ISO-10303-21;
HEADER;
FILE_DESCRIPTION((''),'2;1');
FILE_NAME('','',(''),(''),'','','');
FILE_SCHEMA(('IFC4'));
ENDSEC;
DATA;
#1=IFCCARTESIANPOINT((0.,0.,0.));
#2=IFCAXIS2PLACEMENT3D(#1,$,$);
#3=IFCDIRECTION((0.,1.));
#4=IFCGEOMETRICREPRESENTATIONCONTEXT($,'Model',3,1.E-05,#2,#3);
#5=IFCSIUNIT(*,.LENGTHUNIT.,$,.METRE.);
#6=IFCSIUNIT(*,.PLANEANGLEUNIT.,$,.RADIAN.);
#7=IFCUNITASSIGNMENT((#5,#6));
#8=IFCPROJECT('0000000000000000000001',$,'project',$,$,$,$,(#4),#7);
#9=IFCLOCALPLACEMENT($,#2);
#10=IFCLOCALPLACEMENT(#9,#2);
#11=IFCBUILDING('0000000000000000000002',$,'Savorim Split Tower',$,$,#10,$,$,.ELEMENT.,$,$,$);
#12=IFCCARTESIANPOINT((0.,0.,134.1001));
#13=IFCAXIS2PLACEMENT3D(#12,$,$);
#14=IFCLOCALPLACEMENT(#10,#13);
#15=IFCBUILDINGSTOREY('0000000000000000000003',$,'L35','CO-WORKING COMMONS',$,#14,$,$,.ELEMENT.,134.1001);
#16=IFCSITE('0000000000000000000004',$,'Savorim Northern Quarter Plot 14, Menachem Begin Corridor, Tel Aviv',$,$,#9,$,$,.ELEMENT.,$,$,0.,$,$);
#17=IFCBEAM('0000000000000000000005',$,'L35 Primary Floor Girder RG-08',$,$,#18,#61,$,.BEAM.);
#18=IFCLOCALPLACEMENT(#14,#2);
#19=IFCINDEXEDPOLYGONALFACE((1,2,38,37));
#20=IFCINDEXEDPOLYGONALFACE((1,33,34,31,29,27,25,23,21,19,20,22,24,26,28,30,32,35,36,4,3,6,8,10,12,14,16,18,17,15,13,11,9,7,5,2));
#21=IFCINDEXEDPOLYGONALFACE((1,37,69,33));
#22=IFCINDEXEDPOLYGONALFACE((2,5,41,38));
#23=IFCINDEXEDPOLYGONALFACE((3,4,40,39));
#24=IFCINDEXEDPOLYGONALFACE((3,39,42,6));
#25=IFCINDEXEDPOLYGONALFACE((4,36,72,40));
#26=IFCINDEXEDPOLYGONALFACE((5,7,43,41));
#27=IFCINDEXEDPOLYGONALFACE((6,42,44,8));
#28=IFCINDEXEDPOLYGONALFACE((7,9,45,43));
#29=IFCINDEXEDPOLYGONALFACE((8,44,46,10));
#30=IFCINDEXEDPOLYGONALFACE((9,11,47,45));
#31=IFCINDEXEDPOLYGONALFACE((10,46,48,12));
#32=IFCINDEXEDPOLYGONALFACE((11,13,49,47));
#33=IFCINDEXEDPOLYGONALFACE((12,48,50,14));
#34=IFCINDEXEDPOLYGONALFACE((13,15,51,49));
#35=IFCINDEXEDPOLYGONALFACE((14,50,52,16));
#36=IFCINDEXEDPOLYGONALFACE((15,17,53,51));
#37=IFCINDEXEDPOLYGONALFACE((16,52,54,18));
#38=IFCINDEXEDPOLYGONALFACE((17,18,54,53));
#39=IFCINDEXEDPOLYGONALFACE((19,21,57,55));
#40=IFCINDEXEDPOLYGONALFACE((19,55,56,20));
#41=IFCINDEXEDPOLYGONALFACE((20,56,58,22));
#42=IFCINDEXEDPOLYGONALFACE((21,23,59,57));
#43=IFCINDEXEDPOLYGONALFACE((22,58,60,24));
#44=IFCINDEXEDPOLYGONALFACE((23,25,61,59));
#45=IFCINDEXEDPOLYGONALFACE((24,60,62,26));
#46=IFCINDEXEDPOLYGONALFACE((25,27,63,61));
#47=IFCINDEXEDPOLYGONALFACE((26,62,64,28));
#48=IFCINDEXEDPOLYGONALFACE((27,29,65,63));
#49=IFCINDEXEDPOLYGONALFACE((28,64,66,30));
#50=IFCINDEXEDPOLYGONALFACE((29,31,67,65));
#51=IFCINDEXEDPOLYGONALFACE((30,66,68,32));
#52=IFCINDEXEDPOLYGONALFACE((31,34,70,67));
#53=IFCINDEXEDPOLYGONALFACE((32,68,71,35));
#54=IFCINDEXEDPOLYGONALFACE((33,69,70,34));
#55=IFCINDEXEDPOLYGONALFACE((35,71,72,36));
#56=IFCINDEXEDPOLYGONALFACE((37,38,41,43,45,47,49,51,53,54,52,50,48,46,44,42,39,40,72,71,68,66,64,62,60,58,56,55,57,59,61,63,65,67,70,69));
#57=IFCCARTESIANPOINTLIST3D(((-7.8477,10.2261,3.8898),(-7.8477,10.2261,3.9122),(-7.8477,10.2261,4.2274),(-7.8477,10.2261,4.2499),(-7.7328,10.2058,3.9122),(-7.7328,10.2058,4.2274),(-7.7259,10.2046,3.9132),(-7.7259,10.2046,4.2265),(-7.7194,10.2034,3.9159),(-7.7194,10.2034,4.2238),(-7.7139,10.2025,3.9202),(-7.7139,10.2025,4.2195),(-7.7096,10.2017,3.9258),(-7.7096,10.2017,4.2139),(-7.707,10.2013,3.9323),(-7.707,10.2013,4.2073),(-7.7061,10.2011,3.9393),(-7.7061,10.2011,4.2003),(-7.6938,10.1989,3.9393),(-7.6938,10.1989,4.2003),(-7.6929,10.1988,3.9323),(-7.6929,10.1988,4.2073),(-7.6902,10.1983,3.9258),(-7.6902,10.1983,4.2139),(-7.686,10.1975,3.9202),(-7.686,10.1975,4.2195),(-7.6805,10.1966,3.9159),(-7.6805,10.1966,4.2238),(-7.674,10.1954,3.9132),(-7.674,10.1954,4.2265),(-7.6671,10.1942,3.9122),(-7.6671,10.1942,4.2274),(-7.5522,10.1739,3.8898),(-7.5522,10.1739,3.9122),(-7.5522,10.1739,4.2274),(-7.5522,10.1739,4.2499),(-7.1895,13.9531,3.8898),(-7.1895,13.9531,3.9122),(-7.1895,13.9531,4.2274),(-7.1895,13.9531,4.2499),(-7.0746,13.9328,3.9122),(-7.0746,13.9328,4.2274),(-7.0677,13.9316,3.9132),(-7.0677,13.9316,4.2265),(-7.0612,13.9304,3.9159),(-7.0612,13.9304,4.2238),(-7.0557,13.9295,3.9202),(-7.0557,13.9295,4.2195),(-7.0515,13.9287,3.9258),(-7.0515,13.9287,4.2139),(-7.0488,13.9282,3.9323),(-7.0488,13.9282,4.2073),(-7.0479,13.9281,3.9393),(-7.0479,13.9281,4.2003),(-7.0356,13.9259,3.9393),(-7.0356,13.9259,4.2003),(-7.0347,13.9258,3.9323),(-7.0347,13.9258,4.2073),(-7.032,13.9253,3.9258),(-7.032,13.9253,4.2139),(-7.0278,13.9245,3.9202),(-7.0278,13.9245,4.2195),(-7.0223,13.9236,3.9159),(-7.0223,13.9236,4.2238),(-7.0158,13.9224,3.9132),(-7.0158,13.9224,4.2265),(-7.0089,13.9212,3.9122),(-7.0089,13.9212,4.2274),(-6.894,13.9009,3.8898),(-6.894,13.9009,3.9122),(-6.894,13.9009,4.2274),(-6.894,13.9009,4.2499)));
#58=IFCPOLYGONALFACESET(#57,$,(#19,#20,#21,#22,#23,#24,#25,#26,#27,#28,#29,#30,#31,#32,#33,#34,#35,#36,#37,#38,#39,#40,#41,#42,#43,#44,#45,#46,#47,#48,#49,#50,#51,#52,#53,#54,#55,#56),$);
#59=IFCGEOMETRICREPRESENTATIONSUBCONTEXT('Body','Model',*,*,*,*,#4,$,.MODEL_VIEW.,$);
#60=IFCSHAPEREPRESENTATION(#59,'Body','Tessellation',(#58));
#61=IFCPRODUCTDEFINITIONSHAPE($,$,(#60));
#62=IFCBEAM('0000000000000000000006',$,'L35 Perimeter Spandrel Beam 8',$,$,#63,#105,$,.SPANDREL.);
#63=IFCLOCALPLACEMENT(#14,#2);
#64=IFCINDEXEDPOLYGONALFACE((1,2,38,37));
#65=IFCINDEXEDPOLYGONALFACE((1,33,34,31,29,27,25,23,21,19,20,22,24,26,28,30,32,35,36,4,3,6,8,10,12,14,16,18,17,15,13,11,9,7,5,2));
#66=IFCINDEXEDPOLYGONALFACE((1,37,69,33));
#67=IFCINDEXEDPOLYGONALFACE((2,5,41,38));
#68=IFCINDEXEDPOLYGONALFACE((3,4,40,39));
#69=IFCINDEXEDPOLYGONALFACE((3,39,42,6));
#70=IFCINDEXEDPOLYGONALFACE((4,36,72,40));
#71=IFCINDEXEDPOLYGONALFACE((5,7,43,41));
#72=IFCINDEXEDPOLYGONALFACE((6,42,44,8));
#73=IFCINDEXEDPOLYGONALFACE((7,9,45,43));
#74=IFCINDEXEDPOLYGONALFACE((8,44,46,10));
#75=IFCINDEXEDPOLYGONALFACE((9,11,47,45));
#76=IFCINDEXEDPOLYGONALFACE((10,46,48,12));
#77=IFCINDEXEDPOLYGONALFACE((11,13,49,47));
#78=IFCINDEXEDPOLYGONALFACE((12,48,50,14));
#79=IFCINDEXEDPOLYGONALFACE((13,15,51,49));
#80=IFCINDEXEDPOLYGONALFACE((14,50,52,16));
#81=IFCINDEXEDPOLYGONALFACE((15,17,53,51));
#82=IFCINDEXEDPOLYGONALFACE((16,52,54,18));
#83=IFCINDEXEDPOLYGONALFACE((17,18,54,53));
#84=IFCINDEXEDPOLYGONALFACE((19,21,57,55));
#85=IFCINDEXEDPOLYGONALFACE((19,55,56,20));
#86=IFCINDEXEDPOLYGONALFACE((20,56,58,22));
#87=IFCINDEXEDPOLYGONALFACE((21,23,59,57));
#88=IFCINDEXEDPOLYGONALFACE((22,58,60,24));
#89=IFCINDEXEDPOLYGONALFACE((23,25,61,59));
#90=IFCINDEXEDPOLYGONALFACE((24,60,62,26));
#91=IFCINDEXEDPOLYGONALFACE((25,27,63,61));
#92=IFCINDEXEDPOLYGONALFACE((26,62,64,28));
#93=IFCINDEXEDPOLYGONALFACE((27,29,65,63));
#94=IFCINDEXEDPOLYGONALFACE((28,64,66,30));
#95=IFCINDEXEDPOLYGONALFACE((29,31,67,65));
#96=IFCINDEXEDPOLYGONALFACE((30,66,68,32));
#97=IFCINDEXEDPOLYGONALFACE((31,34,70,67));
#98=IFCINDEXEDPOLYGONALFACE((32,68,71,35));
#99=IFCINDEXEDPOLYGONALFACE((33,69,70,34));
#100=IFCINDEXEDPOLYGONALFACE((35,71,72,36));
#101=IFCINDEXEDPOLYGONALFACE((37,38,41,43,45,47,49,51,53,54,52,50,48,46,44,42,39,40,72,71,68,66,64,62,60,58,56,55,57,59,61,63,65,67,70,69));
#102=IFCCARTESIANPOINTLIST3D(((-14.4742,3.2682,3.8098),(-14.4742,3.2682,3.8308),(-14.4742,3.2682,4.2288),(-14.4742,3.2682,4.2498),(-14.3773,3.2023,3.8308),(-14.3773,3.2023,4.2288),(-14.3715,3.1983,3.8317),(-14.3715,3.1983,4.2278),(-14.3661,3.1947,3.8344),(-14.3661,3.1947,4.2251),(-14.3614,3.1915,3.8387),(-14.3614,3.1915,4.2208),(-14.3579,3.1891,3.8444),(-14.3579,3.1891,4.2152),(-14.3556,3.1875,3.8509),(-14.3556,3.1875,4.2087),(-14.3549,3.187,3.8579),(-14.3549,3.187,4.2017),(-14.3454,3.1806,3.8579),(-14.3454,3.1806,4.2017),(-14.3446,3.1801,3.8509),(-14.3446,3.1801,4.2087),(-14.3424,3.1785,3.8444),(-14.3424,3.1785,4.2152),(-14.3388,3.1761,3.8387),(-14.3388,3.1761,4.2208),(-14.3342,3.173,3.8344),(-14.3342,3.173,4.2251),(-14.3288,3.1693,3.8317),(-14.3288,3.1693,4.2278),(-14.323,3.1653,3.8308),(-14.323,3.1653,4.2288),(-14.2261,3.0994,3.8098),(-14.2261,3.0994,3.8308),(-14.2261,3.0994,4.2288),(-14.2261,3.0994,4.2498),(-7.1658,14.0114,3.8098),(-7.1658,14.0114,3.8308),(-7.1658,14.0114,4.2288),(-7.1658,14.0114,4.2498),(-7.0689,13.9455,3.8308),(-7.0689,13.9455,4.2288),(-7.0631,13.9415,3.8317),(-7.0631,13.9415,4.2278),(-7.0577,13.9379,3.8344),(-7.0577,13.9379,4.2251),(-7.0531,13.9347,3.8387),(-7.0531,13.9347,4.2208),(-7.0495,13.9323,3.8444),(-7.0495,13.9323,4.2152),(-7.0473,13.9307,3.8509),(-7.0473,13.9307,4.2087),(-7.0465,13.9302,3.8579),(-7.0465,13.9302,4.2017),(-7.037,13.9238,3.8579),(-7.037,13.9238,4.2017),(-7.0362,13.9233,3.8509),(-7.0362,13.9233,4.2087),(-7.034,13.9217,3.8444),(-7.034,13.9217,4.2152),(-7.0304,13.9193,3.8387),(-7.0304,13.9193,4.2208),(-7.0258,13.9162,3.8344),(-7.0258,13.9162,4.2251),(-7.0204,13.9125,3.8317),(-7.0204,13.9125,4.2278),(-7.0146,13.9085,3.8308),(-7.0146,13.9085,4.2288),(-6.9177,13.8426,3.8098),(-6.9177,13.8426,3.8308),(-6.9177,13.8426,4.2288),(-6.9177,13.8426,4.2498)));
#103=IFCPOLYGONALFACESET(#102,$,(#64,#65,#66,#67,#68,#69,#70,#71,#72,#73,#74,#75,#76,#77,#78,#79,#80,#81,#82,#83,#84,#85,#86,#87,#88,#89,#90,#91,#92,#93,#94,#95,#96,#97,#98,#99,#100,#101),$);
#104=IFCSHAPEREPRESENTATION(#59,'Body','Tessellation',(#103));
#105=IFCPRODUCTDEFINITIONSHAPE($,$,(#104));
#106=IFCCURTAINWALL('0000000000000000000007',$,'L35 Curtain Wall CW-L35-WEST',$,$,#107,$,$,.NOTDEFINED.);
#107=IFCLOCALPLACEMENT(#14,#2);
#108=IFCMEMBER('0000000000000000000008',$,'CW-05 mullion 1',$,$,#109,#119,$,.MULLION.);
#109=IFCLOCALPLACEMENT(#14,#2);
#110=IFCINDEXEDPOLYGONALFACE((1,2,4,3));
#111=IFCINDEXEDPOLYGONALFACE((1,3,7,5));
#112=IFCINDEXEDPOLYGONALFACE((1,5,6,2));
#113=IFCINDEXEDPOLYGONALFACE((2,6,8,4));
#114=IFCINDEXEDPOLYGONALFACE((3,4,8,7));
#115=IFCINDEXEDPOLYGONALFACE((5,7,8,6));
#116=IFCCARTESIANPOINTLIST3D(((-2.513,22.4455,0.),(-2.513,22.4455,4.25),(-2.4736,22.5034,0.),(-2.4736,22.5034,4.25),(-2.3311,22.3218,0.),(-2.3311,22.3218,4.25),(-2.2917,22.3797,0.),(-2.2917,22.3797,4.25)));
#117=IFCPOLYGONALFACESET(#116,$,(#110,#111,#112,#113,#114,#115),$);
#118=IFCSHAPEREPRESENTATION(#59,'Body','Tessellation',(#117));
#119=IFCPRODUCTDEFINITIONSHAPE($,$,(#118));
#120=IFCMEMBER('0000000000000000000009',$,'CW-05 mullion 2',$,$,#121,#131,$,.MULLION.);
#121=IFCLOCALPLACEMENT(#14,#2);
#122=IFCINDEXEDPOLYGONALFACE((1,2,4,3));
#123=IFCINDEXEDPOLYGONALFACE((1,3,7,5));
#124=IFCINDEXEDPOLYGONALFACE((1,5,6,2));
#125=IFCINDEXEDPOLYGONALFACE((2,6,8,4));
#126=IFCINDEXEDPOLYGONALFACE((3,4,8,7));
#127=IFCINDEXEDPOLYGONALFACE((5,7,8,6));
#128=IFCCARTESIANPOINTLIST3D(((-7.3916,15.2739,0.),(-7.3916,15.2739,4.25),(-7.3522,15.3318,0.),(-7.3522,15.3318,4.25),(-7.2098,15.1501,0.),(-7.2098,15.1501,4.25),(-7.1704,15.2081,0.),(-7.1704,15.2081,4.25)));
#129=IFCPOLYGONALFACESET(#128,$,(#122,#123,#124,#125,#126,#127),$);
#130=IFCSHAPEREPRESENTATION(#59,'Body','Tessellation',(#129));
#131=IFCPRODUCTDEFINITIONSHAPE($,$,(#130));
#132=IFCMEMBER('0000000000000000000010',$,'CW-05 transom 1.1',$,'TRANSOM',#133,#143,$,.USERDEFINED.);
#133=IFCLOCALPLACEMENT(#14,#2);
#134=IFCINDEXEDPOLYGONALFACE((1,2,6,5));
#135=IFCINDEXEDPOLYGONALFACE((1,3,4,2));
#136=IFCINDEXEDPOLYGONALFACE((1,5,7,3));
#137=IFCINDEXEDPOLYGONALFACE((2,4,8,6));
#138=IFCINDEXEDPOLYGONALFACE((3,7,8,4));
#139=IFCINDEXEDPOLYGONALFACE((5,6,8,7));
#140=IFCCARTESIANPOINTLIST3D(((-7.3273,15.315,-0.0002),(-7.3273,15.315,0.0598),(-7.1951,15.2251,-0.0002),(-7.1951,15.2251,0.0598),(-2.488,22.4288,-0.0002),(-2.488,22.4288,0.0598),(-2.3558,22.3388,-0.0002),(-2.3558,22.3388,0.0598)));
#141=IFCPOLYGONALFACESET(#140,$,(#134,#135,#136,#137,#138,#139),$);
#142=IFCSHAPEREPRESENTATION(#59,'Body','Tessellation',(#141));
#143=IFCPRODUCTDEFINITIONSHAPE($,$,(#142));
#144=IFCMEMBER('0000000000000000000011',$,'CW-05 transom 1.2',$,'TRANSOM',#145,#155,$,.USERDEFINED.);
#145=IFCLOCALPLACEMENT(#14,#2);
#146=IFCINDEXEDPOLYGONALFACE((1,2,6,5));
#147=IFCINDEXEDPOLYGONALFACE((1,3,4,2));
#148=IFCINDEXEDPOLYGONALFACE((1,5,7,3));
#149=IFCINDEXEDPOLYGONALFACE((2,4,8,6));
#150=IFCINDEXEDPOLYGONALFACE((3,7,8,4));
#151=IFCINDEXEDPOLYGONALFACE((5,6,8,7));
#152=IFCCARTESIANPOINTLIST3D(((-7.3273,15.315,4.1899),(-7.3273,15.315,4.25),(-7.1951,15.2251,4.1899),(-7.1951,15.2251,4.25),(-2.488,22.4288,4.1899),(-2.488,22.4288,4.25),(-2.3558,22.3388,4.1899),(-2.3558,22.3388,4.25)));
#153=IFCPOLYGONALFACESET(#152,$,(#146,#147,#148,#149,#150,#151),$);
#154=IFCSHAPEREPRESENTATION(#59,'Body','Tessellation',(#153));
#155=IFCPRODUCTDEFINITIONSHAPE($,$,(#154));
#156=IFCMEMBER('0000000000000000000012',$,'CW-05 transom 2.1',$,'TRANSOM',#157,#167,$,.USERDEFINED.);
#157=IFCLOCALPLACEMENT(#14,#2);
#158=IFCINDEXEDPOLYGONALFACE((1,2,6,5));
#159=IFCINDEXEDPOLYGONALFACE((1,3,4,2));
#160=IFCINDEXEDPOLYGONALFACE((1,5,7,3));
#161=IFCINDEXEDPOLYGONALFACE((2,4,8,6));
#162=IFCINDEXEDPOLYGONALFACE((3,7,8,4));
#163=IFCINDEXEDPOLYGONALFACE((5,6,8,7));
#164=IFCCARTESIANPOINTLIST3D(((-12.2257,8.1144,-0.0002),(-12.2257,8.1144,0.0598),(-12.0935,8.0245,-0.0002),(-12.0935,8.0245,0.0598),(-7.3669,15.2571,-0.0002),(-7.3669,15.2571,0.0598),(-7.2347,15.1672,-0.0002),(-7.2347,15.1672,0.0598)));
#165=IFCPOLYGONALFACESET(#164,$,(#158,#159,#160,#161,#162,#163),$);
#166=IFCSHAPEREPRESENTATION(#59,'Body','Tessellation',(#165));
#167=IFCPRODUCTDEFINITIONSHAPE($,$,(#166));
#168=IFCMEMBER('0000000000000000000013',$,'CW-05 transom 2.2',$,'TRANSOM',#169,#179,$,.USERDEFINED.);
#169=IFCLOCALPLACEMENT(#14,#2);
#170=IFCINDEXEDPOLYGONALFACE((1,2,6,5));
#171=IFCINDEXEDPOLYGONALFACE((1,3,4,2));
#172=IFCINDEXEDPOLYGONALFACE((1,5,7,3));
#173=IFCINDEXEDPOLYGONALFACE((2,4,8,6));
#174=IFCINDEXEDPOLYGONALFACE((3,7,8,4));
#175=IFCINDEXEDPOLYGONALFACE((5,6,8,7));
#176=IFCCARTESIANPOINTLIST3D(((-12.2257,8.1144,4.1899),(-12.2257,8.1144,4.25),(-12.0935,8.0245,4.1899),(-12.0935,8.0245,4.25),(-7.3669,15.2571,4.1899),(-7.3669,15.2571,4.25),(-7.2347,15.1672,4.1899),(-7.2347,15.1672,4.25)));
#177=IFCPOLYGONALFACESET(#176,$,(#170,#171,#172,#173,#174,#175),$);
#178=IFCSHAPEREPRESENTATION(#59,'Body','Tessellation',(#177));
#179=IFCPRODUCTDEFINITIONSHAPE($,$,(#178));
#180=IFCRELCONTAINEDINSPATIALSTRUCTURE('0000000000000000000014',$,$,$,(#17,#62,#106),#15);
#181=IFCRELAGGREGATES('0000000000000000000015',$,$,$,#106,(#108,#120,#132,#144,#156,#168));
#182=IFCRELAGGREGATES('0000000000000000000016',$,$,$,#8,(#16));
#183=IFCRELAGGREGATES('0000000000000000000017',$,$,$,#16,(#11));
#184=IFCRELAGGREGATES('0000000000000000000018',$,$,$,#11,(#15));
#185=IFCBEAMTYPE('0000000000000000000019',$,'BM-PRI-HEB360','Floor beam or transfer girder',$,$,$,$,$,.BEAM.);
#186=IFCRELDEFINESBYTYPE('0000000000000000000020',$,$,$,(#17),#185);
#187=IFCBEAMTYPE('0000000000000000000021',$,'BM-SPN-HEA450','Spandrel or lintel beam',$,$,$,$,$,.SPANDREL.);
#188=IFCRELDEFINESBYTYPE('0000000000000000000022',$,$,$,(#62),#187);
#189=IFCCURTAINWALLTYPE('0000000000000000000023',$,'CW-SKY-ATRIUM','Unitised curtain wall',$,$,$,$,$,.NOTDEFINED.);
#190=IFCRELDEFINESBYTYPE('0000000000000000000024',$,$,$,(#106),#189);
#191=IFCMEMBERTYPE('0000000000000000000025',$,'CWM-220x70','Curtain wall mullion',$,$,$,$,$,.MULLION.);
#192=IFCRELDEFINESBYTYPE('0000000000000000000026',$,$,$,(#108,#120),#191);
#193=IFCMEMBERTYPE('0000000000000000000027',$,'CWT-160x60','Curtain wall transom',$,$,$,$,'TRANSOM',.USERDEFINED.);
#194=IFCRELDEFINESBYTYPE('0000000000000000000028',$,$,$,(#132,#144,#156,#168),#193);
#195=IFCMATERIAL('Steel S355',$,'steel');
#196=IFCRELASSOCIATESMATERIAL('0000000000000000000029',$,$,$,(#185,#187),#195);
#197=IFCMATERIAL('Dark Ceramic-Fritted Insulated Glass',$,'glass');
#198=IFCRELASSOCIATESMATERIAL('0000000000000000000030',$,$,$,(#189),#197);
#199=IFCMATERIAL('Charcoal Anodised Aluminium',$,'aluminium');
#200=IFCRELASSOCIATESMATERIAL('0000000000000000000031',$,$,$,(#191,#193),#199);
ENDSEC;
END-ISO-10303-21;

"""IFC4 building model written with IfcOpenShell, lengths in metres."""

from ifc_helpers import new_model, si_unit, direction, frame, origin, origin_2d, place, context, subcontext, project, spatial, rectangle, i_section, extrude, material, material_profile, profile_set, type_object, element, aggregate, save


model = new_model("IFC4")

# Units and contexts
model_context = context("Model", 3, precision=1e-05, world=origin(), true_north=direction((0.0, 1.0)))
body_context = subcontext(model_context, "Body", "Model", "MODEL_VIEW")
ifc_project = project(units=[si_unit("LENGTHUNIT", "METRE"), si_unit("PLANEANGLEUNIT", "RADIAN")], contexts=[model_context])

# Site, building, storey
site_placement = place(None, origin())
site = spatial("IfcSite", under=ifc_project, at=site_placement, Name="Savorim Northern Quarter Plot 14, Menachem Begin Corridor, Tel Aviv", CompositionType="ELEMENT", RefElevation=0.0)
building_placement = place(site_placement, origin())
building = spatial("IfcBuilding", under=site, at=building_placement, Name="Savorim Split Tower", CompositionType="ELEMENT")
storey_placement = place(building_placement, frame((0.0, 0.0, 134.1001)))
storey = spatial("IfcBuildingStorey", under=building, at=storey_placement, Name="L35", Description="CO-WORKING COMMONS", CompositionType="ELEMENT", Elevation=134.1001)

# Beams
ifc_material_1 = material(Name="Steel S355", Category="steel")
ifc_material_profile_1 = material_profile(ifc_material_1, i_section(OverallWidth=0.3, OverallDepth=0.3601, WebThickness=0.0125, FlangeThickness=0.0225, FilletRadius=0.0271, at=origin_2d()), Name="HEB 360")
ifc_profile_set_1 = profile_set([ifc_material_profile_1], Name="Steel S355")
beam_type_1 = type_object("IfcBeamType", Name="BM-PRI-HEB360", Description="Floor beam or transfer girder", PredefinedType="BEAM", material=ifc_profile_set_1)
beam_1_placement = place(storey_placement, frame((-7.0417, 13.927, 4.0698), z_axis=(-0.17391, -0.984761, 0.0), x_axis=(0.984761, -0.17391, 0.0)))
element("IfcBeam", 1, at=beam_1_placement, inside=storey, type_object=beam_type_1, Name="L35 Primary Floor Girder RG-08", PredefinedType="BEAM", context=body_context, shape_type="SweptSolid", body=[
    extrude(i_section(OverallWidth=0.3, OverallDepth=0.3601, WebThickness=0.0125, FlangeThickness=0.0225, FilletRadius=0.0271, at=origin_2d()), origin(), (0.0, 0.0, 1.0), 3.7847),
])
ifc_material_profile_2 = material_profile(ifc_material_1, i_section(OverallWidth=0.3, OverallDepth=0.4399, WebThickness=0.0115, FlangeThickness=0.021, FilletRadius=0.0271, at=origin_2d()), Name="HEA 450")
ifc_profile_set_2 = profile_set([ifc_material_profile_2], Name="Steel S355")
beam_type_2 = type_object("IfcBeamType", Name="BM-SPN-HEA450", Description="Spandrel or lintel beam", PredefinedType="SPANDREL", material=ifc_profile_set_2)
beam_2_placement = place(storey_placement, frame((-7.0417, 13.927, 4.0298), z_axis=(-0.562468, -0.826819, 0.0), x_axis=(0.826819, -0.562468, 0.0)))
element("IfcBeam", 2, at=beam_2_placement, inside=storey, type_object=beam_type_2, Name="L35 Perimeter Spandrel Beam 8", PredefinedType="SPANDREL", context=body_context, shape_type="SweptSolid", body=[
    extrude(i_section(OverallWidth=0.3, OverallDepth=0.4399, WebThickness=0.0115, FlangeThickness=0.021, FilletRadius=0.0271, at=origin_2d()), origin(), (0.0, 0.0, 1.0), 12.9934),
])

# Curtain wall, members
ifc_material_2 = material(Name="Dark Ceramic-Fritted Insulated Glass", Category="glass")
curtain_wall_type = type_object("IfcCurtainWallType", Name="CW-SKY-ATRIUM", Description="Unitised curtain wall", PredefinedType="NOTDEFINED", material=ifc_material_2)
curtain_wall_placement = place(storey_placement, origin())
curtain_wall = element("IfcCurtainWall", 3, at=curtain_wall_placement, inside=storey, type_object=curtain_wall_type, Name="L35 Curtain Wall CW-L35-WEST", PredefinedType="NOTDEFINED")
ifc_material_3 = material(Name="Charcoal Anodised Aluminium", Category="aluminium")
ifc_material_profile_3 = material_profile(ifc_material_3, rectangle(XDim=0.22, YDim=0.0701, at=origin_2d()), Name="ALU-M 220x70")
ifc_profile_set_3 = profile_set([ifc_material_profile_3], Name="Charcoal Anodised Aluminium")
member_type_1 = type_object("IfcMemberType", Name="CWM-220x70", Description="Curtain wall mullion", PredefinedType="MULLION", material=ifc_profile_set_3)
member_1_placement = place(storey_placement, frame((-2.4023, 22.4126, 0.0), z_axis=(0.0, 0.0, 1.0), x_axis=(0.82682, -0.562467, 0.0)))
member_1 = element("IfcMember", 4, at=member_1_placement, type_object=member_type_1, Name="CW-05 mullion 1", PredefinedType="MULLION", context=body_context, shape_type="SweptSolid", body=[
    extrude(rectangle(XDim=0.22, YDim=0.0701, at=origin_2d()), origin(), (0.0, 0.0, 1.0), 4.25),
])
member_2_placement = place(storey_placement, frame((-7.281, 15.241, 0.0), z_axis=(0.0, 0.0, 1.0), x_axis=(0.82682, -0.562467, 0.0)))
member_2 = element("IfcMember", 5, at=member_2_placement, type_object=member_type_1, Name="CW-05 mullion 2", PredefinedType="MULLION", context=body_context, shape_type="SweptSolid", body=[
    extrude(rectangle(XDim=0.22, YDim=0.0701, at=origin_2d()), origin(), (0.0, 0.0, 1.0), 4.25),
])
ifc_material_profile_4 = material_profile(ifc_material_3, rectangle(XDim=0.1599, YDim=0.0601, at=origin_2d()), Name="ALU-T 160x60")
ifc_profile_set_4 = profile_set([ifc_material_profile_4], Name="Charcoal Anodised Aluminium")
member_type_2 = type_object("IfcMemberType", Name="CWT-160x60", Description="Curtain wall transom", ElementType="TRANSOM", PredefinedType="USERDEFINED", material=ifc_profile_set_4)
member_3_placement = place(storey_placement, frame((-2.4219, 22.3838, 0.0298), z_axis=(-0.562468, -0.826819, 0.0), x_axis=(0.826819, -0.562468, 0.0)))
member_3 = element("IfcMember", 6, at=member_3_placement, type_object=member_type_2, Name="CW-05 transom 1.1", ObjectType="TRANSOM", PredefinedType="USERDEFINED", context=body_context, shape_type="SweptSolid", body=[
    extrude(rectangle(XDim=0.1599, YDim=0.0601, at=origin_2d()), origin(), (0.0, 0.0, 1.0), 8.6038),
])
member_4_placement = place(storey_placement, frame((-2.4219, 22.3838, 4.22), z_axis=(-0.562468, -0.826819, 0.0), x_axis=(0.826819, -0.562468, 0.0)))
member_4 = element("IfcMember", 7, at=member_4_placement, type_object=member_type_2, Name="CW-05 transom 1.2", ObjectType="TRANSOM", PredefinedType="USERDEFINED", context=body_context, shape_type="SweptSolid", body=[
    extrude(rectangle(XDim=0.1599, YDim=0.0601, at=origin_2d()), origin(), (0.0, 0.0, 1.0), 8.6038),
])
member_5_placement = place(storey_placement, frame((-7.3008, 15.2122, 0.0298), z_axis=(-0.56245, -0.826831, 0.0), x_axis=(0.826831, -0.56245, 0.0)))
member_5 = element("IfcMember", 8, at=member_5_placement, type_object=member_type_2, Name="CW-05 transom 2.1", ObjectType="TRANSOM", PredefinedType="USERDEFINED", context=body_context, shape_type="SweptSolid", body=[
    extrude(rectangle(XDim=0.1599, YDim=0.0601, at=origin_2d()), origin(), (0.0, 0.0, 1.0), 8.6387),
])
member_6_placement = place(storey_placement, frame((-7.3008, 15.2122, 4.22), z_axis=(-0.56245, -0.826831, 0.0), x_axis=(0.826831, -0.56245, 0.0)))
member_6 = element("IfcMember", 9, at=member_6_placement, type_object=member_type_2, Name="CW-05 transom 2.2", ObjectType="TRANSOM", PredefinedType="USERDEFINED", context=body_context, shape_type="SweptSolid", body=[
    extrude(rectangle(XDim=0.1599, YDim=0.0601, at=origin_2d()), origin(), (0.0, 0.0, 1.0), 8.6387),
])
aggregate(curtain_wall, [member_1, member_2, member_3, member_4, member_5, member_6])

save(model, "model.ifc")
